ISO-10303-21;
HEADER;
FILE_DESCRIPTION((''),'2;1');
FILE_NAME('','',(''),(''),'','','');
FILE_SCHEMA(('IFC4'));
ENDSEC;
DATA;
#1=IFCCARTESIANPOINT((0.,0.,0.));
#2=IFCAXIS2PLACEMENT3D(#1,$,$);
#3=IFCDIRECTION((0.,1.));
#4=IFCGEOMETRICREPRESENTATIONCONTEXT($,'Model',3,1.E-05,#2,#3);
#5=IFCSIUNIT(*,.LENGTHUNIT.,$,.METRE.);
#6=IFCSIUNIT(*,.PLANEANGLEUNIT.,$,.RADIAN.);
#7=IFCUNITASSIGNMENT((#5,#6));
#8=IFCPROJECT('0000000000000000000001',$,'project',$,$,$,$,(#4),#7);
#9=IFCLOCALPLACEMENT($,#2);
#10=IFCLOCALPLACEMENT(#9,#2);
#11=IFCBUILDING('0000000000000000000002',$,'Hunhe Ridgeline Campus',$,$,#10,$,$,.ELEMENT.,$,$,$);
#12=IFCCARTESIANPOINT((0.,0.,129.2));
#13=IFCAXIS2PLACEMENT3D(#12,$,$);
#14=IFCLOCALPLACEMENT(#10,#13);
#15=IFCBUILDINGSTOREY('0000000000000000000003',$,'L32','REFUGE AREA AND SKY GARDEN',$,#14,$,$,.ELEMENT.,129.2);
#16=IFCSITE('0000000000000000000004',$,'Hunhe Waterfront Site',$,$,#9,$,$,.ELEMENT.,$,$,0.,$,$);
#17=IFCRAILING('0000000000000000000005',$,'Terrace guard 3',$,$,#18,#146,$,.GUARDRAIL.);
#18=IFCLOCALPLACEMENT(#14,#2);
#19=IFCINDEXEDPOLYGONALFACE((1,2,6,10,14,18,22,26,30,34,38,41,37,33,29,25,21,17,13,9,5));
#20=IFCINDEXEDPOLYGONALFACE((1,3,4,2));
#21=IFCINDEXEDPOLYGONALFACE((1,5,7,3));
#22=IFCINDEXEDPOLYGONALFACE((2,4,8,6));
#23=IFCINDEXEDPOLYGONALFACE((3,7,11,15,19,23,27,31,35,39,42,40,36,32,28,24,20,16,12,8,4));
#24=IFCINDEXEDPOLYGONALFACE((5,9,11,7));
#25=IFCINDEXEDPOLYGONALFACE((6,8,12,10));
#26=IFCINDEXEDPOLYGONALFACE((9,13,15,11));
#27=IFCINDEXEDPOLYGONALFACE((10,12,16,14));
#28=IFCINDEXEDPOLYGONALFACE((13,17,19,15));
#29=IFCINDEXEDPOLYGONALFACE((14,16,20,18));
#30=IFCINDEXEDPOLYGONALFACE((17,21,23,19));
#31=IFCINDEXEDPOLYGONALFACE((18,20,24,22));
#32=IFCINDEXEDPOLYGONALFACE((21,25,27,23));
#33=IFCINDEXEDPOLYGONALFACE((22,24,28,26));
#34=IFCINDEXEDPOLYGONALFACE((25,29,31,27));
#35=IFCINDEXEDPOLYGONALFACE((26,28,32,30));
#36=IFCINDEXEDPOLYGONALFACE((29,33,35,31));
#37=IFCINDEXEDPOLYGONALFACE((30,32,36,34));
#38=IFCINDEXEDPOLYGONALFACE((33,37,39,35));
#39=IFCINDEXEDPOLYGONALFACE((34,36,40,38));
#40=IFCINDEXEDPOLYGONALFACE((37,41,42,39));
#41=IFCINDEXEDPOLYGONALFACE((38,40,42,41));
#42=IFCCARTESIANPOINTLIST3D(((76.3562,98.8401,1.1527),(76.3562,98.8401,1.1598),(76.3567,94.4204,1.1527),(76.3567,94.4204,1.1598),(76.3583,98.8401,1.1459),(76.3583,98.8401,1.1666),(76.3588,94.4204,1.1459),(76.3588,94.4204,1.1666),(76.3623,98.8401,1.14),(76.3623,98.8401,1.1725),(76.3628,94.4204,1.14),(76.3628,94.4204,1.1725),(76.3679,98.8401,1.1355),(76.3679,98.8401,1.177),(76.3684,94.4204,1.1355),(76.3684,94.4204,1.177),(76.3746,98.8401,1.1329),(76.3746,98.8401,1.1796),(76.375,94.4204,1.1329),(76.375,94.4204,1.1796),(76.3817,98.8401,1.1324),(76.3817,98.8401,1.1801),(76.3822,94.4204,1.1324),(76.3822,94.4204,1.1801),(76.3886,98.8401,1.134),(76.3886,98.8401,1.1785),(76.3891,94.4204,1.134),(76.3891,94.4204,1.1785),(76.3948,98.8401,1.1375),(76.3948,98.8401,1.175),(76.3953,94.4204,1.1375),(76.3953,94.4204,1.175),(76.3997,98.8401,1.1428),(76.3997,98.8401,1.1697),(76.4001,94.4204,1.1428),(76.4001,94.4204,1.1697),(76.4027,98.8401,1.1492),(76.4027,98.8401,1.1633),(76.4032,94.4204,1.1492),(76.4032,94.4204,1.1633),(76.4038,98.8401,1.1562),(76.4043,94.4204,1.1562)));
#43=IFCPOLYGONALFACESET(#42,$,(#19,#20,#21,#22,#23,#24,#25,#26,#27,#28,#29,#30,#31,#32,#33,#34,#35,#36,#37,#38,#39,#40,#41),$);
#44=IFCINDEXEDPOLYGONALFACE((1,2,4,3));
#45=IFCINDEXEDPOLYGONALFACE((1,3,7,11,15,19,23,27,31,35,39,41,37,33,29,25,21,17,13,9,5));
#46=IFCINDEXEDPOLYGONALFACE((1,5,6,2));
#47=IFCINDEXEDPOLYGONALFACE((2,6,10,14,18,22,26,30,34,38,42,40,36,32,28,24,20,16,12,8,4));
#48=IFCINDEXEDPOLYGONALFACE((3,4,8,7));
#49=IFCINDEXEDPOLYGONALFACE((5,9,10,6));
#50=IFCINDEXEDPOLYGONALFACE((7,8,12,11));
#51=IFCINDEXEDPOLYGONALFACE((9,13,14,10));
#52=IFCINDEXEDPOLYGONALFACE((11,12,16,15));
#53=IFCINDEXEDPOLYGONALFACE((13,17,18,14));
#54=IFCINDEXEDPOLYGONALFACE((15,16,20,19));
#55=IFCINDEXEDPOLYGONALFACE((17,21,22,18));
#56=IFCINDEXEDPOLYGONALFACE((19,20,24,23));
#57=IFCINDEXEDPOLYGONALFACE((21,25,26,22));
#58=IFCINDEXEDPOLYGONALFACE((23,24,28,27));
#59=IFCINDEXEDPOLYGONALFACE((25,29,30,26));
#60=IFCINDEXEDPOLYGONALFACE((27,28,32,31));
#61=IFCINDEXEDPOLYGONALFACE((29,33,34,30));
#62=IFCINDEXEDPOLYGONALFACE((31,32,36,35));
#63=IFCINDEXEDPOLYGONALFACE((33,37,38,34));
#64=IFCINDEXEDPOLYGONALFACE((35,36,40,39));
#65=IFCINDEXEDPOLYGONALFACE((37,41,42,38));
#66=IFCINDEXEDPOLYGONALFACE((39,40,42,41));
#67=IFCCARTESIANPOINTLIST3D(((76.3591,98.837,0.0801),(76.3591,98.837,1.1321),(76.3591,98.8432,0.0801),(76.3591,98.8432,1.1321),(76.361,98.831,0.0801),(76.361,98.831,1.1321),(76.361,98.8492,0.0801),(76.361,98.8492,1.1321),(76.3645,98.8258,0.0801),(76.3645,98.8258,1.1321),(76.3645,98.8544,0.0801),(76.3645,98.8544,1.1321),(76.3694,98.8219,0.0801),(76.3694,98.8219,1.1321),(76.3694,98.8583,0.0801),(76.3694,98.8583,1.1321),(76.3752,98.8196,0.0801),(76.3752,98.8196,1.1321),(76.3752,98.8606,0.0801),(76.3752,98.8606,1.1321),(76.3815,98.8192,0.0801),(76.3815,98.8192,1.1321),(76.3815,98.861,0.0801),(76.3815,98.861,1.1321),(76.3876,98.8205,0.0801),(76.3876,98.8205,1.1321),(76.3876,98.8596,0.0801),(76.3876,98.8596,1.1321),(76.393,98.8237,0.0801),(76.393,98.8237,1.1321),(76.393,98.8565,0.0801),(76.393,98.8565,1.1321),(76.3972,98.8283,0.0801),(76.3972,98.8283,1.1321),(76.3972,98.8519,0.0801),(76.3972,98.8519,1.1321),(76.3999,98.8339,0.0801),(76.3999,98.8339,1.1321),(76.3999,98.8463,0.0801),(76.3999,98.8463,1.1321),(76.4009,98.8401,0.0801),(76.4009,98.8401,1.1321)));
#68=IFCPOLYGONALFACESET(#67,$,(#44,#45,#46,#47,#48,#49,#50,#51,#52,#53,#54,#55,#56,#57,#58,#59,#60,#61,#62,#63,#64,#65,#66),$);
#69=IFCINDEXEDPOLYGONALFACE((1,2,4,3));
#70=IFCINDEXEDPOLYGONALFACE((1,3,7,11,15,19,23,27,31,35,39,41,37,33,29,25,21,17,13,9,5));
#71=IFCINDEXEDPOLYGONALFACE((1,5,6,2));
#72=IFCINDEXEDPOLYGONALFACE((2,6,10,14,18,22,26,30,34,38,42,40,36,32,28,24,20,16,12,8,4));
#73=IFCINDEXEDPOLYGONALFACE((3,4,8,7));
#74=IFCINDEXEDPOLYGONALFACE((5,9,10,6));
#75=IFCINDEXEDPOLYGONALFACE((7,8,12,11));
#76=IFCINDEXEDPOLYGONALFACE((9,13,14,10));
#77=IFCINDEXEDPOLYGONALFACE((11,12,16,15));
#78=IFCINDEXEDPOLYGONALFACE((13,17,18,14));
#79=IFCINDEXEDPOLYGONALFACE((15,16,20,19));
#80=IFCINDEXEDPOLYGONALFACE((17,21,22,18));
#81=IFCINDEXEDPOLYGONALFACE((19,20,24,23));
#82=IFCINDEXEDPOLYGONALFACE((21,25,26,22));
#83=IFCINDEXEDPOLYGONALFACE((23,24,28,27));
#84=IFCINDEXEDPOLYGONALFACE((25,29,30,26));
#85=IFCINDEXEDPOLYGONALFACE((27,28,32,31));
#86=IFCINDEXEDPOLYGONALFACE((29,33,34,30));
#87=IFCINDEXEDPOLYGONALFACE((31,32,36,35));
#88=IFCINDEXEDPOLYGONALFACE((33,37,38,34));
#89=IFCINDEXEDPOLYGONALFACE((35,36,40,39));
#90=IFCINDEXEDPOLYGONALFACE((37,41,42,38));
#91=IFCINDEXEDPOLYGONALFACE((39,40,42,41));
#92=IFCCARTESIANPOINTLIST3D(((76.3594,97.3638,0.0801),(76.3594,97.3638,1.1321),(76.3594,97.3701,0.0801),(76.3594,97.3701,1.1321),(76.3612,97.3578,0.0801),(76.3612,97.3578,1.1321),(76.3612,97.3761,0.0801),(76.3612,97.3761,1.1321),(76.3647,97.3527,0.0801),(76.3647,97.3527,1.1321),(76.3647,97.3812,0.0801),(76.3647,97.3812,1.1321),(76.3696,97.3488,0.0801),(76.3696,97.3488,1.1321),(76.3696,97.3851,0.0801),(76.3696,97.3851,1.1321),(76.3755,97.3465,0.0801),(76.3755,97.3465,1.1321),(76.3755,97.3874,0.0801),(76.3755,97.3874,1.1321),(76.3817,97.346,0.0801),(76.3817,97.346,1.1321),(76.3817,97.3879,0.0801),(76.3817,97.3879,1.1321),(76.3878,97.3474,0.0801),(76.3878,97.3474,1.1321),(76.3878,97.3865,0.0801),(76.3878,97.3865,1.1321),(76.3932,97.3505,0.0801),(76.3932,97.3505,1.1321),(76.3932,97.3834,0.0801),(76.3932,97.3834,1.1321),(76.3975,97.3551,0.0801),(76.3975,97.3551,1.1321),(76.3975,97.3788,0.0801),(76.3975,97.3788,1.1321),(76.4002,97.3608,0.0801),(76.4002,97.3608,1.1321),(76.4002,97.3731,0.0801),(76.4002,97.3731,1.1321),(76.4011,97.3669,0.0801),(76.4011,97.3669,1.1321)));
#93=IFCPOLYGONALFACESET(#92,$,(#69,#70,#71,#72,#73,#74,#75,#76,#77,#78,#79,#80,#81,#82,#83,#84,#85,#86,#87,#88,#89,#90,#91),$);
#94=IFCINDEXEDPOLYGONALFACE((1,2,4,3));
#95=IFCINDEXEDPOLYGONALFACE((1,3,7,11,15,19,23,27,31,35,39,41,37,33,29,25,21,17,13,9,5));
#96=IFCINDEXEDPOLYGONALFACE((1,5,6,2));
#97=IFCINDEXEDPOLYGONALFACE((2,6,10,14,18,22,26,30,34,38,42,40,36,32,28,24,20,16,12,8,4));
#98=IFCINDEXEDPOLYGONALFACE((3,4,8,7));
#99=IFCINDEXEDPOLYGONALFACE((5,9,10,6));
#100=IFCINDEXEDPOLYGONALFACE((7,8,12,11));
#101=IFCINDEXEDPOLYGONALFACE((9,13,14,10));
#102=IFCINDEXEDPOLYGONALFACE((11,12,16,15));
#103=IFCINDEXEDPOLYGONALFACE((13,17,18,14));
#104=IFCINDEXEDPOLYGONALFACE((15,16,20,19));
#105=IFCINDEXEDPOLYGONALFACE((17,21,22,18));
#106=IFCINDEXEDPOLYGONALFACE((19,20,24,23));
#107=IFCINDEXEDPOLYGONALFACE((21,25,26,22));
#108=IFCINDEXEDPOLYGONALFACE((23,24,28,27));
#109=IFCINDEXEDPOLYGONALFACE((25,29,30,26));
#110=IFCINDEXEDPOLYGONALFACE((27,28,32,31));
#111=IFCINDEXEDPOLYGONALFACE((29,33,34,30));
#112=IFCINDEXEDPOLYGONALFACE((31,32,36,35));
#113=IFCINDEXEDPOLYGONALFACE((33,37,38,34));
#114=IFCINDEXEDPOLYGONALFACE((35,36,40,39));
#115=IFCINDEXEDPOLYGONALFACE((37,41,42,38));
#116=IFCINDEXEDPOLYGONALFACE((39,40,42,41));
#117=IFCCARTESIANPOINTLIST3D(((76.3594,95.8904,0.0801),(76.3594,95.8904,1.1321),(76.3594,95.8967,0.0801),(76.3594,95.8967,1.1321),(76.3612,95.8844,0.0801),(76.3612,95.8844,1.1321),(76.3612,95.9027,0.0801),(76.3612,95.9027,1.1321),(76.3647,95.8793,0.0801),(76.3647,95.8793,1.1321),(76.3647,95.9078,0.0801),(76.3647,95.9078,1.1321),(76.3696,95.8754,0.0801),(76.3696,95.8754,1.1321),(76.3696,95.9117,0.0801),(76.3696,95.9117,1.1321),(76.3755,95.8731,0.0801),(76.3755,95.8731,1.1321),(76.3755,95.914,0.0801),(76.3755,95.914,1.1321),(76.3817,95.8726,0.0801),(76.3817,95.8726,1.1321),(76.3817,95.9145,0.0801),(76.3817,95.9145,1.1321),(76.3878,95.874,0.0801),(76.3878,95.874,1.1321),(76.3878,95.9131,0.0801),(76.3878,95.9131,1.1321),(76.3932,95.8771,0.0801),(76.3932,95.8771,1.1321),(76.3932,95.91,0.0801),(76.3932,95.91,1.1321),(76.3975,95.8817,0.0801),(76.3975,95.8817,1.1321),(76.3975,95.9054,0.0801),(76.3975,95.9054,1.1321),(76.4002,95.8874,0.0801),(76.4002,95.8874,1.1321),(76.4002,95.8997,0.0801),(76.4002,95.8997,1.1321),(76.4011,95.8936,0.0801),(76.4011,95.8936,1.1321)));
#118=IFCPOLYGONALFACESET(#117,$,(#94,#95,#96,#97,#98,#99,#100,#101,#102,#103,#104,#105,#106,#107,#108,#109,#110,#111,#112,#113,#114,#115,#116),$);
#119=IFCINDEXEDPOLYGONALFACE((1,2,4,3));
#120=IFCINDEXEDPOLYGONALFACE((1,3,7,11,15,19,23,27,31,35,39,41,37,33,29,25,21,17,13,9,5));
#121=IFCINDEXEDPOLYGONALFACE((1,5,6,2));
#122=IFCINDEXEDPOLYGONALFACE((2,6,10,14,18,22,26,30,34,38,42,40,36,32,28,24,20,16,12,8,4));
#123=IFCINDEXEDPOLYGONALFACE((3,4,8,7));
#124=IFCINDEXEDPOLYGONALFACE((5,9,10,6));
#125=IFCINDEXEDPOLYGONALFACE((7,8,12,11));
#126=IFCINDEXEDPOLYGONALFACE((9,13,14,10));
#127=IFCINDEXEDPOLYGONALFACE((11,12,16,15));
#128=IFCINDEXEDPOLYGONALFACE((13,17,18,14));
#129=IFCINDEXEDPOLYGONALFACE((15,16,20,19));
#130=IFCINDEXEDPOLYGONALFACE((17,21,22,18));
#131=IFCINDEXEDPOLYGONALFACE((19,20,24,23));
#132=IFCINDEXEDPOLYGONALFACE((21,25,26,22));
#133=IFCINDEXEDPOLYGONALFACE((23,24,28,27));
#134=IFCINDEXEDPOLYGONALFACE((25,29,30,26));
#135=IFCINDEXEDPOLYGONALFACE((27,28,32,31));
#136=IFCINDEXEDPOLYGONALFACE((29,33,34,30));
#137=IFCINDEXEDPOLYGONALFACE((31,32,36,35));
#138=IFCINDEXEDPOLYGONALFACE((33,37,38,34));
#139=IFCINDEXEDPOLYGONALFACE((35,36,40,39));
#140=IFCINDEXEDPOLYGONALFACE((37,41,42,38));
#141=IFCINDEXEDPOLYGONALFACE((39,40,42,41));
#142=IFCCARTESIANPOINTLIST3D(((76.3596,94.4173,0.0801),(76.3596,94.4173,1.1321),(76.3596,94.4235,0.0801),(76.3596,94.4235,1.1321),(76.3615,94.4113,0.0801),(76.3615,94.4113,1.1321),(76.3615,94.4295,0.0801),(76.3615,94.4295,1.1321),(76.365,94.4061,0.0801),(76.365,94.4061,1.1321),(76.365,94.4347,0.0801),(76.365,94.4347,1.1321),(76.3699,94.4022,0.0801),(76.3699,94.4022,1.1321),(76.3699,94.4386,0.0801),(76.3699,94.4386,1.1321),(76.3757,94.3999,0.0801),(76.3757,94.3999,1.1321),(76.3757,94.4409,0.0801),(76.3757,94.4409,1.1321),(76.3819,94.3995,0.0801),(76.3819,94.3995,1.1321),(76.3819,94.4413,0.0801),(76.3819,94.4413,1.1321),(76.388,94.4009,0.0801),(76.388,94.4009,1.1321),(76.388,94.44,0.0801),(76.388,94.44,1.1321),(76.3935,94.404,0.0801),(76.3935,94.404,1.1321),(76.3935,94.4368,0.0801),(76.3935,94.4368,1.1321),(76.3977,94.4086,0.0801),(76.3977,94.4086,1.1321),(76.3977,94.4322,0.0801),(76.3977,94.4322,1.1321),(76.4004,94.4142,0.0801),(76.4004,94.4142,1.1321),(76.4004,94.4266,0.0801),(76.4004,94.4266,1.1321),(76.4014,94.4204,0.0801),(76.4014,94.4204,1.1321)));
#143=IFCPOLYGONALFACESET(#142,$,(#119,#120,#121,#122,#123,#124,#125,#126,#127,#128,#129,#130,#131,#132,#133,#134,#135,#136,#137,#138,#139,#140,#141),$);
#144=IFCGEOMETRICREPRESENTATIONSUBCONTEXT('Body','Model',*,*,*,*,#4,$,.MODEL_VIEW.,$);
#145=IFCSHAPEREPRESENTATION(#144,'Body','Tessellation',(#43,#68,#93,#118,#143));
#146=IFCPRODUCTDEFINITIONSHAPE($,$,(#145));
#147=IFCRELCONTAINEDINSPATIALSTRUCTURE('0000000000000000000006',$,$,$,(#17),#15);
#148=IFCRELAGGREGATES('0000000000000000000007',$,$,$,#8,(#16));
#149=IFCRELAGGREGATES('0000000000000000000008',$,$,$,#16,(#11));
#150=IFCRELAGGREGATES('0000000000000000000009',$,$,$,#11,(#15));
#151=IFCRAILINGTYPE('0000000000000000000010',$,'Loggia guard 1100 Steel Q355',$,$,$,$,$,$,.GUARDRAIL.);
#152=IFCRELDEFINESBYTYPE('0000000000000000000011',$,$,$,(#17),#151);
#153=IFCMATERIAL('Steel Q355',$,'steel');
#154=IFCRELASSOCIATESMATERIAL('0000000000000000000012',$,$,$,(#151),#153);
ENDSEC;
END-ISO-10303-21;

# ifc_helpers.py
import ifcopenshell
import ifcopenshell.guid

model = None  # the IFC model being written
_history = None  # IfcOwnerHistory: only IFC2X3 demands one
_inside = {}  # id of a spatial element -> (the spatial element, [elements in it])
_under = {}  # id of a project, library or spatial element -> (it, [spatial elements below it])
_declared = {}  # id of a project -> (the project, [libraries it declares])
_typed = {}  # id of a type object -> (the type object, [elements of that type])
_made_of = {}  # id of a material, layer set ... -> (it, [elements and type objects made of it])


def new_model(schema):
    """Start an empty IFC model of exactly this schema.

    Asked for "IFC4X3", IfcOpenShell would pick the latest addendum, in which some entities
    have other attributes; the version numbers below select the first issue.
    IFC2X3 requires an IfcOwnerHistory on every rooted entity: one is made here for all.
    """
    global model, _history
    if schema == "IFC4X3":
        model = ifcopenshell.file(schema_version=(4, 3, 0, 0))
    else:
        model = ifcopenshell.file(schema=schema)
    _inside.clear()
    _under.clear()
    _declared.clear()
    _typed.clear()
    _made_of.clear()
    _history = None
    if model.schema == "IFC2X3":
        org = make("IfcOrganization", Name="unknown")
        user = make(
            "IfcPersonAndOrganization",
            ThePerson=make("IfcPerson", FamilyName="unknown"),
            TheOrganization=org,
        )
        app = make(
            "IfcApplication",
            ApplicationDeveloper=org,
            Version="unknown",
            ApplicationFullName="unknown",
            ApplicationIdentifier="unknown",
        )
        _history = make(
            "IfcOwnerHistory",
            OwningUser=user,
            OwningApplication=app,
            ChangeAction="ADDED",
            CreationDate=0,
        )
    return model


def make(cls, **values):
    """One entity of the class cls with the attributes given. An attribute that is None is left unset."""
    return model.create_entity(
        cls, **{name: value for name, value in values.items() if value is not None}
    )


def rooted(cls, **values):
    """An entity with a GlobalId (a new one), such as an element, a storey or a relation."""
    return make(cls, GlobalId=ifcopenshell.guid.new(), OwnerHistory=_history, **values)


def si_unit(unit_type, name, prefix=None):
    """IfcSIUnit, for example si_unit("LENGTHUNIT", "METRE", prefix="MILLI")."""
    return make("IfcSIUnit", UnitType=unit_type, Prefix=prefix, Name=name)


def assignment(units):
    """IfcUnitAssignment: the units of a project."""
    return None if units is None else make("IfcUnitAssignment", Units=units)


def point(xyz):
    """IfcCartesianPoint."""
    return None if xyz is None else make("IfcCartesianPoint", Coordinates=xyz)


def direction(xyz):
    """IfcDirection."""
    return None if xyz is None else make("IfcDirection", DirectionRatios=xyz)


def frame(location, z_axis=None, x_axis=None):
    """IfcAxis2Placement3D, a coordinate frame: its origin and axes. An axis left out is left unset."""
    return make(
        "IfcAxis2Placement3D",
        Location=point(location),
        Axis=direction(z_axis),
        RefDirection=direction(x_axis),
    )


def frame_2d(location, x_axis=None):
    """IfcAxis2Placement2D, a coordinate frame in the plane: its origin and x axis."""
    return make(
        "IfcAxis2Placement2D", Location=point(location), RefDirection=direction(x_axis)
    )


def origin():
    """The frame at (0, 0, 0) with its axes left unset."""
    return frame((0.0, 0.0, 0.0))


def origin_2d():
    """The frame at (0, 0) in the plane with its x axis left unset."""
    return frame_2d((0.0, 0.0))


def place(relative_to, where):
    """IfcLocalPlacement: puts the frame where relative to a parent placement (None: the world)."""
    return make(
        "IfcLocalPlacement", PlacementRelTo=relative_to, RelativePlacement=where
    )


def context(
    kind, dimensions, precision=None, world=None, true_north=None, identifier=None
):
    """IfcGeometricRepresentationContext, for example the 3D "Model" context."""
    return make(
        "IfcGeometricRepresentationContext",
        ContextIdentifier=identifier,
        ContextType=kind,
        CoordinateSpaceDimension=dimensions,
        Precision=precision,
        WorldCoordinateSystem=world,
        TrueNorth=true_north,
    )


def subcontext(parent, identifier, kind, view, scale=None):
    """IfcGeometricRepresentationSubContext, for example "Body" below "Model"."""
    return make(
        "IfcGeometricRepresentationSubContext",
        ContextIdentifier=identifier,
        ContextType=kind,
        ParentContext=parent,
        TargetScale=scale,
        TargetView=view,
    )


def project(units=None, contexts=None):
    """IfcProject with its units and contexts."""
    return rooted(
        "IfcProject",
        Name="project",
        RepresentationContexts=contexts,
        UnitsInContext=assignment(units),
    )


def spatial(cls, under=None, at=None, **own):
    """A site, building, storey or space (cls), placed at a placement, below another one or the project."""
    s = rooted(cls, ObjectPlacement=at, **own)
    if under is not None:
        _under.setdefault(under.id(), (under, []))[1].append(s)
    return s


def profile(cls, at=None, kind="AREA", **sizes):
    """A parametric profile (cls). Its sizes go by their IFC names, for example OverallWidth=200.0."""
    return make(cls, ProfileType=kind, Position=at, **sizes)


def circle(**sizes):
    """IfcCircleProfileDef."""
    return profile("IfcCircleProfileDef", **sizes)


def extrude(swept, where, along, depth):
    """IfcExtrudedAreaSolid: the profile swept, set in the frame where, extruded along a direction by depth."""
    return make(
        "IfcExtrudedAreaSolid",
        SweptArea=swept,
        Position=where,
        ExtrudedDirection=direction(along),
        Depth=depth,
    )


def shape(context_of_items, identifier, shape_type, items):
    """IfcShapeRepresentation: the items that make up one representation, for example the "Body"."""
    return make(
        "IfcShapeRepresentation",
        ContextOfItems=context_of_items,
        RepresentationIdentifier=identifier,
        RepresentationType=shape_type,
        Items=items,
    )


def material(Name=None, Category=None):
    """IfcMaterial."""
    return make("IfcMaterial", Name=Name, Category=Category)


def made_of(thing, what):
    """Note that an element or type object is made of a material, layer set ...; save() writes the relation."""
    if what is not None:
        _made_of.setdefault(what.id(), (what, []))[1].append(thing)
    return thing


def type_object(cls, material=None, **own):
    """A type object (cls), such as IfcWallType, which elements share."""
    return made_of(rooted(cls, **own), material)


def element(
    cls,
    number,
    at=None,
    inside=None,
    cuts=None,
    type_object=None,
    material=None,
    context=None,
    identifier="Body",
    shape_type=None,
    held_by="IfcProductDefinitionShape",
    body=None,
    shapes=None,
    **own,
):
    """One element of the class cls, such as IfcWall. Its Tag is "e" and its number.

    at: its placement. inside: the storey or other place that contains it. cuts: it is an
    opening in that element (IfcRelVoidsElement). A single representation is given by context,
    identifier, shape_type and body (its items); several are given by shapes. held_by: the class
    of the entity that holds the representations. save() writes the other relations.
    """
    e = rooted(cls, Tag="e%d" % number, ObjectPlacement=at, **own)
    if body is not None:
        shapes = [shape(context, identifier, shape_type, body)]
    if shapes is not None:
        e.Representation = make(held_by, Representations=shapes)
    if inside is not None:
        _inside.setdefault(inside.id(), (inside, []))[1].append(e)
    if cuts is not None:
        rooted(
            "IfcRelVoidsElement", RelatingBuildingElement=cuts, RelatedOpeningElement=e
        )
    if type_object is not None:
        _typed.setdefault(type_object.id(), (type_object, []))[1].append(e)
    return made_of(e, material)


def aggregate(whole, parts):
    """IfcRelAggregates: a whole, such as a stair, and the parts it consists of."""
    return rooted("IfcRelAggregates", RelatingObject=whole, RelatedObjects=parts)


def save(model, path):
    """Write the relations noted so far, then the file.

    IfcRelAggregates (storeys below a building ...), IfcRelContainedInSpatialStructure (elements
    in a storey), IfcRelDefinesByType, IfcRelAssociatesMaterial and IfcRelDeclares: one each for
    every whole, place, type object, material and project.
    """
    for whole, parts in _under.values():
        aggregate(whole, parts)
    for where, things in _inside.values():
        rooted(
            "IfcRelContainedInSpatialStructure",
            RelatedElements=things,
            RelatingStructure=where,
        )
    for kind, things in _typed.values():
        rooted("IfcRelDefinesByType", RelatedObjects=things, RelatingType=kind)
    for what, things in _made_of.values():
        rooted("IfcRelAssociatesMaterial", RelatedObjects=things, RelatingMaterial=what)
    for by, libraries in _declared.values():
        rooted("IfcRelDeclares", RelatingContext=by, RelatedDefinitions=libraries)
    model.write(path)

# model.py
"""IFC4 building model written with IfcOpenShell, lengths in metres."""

from ifc_helpers import new_model, si_unit, direction, frame, origin, origin_2d, place, context, subcontext, project, spatial, circle, extrude, material, type_object, element, save


model = new_model("IFC4")

# Units and contexts
model_context = context("Model", 3, precision=1e-05, world=origin(), true_north=direction((0.0, 1.0)))
body_context = subcontext(model_context, "Body", "Model", "MODEL_VIEW")
ifc_project = project(units=[si_unit("LENGTHUNIT", "METRE"), si_unit("PLANEANGLEUNIT", "RADIAN")], contexts=[model_context])

# Site, building, storey
site_placement = place(None, origin())
site = spatial("IfcSite", under=ifc_project, at=site_placement, Name="Hunhe Waterfront Site", CompositionType="ELEMENT", RefElevation=0.0)
building_placement = place(site_placement, origin())
building = spatial("IfcBuilding", under=site, at=building_placement, Name="Hunhe Ridgeline Campus", CompositionType="ELEMENT")
storey_placement = place(building_placement, frame((0.0, 0.0, 129.2)))
storey = spatial("IfcBuildingStorey", under=building, at=storey_placement, Name="L32", Description="REFUGE AREA AND SKY GARDEN", CompositionType="ELEMENT", Elevation=129.2)

# Railing
ifc_material_1 = material(Name="Steel Q355", Category="steel")
railing_type_1 = type_object("IfcRailingType", Name="Loggia guard 1100 Steel Q355", PredefinedType="GUARDRAIL", material=ifc_material_1)
railing_1_placement = place(storey_placement, frame((76.3799, 98.8401, 0.0801)))
element("IfcRailing", 1, at=railing_1_placement, inside=storey, type_object=railing_type_1, Name="Terrace guard 3", PredefinedType="GUARDRAIL", context=body_context, shape_type="SweptSolid", body=[
    extrude(circle(Radius=0.0239, at=origin_2d()), frame((0.0, 0.0, 1.0762), z_axis=(0.00011, -1.0, 0.0), x_axis=(1.0, 0.00011, 0.0)), (0.0, 0.0, 1.0), 4.4197),
    extrude(circle(Radius=0.021, at=origin_2d()), origin(), (0.0, 0.0, 1.0), 1.052),
    extrude(circle(Radius=0.021, at=origin_2d()), frame((0.0002, -1.4731, 0.0)), (0.0, 0.0, 1.0), 1.052),
    extrude(circle(Radius=0.021, at=origin_2d()), frame((0.0002, -2.9465, 0.0)), (0.0, 0.0, 1.0), 1.052),
    extrude(circle(Radius=0.021, at=origin_2d()), frame((0.0005, -4.4197, 0.0)), (0.0, 0.0, 1.0), 1.052),
])

save(model, "model.ifc")
